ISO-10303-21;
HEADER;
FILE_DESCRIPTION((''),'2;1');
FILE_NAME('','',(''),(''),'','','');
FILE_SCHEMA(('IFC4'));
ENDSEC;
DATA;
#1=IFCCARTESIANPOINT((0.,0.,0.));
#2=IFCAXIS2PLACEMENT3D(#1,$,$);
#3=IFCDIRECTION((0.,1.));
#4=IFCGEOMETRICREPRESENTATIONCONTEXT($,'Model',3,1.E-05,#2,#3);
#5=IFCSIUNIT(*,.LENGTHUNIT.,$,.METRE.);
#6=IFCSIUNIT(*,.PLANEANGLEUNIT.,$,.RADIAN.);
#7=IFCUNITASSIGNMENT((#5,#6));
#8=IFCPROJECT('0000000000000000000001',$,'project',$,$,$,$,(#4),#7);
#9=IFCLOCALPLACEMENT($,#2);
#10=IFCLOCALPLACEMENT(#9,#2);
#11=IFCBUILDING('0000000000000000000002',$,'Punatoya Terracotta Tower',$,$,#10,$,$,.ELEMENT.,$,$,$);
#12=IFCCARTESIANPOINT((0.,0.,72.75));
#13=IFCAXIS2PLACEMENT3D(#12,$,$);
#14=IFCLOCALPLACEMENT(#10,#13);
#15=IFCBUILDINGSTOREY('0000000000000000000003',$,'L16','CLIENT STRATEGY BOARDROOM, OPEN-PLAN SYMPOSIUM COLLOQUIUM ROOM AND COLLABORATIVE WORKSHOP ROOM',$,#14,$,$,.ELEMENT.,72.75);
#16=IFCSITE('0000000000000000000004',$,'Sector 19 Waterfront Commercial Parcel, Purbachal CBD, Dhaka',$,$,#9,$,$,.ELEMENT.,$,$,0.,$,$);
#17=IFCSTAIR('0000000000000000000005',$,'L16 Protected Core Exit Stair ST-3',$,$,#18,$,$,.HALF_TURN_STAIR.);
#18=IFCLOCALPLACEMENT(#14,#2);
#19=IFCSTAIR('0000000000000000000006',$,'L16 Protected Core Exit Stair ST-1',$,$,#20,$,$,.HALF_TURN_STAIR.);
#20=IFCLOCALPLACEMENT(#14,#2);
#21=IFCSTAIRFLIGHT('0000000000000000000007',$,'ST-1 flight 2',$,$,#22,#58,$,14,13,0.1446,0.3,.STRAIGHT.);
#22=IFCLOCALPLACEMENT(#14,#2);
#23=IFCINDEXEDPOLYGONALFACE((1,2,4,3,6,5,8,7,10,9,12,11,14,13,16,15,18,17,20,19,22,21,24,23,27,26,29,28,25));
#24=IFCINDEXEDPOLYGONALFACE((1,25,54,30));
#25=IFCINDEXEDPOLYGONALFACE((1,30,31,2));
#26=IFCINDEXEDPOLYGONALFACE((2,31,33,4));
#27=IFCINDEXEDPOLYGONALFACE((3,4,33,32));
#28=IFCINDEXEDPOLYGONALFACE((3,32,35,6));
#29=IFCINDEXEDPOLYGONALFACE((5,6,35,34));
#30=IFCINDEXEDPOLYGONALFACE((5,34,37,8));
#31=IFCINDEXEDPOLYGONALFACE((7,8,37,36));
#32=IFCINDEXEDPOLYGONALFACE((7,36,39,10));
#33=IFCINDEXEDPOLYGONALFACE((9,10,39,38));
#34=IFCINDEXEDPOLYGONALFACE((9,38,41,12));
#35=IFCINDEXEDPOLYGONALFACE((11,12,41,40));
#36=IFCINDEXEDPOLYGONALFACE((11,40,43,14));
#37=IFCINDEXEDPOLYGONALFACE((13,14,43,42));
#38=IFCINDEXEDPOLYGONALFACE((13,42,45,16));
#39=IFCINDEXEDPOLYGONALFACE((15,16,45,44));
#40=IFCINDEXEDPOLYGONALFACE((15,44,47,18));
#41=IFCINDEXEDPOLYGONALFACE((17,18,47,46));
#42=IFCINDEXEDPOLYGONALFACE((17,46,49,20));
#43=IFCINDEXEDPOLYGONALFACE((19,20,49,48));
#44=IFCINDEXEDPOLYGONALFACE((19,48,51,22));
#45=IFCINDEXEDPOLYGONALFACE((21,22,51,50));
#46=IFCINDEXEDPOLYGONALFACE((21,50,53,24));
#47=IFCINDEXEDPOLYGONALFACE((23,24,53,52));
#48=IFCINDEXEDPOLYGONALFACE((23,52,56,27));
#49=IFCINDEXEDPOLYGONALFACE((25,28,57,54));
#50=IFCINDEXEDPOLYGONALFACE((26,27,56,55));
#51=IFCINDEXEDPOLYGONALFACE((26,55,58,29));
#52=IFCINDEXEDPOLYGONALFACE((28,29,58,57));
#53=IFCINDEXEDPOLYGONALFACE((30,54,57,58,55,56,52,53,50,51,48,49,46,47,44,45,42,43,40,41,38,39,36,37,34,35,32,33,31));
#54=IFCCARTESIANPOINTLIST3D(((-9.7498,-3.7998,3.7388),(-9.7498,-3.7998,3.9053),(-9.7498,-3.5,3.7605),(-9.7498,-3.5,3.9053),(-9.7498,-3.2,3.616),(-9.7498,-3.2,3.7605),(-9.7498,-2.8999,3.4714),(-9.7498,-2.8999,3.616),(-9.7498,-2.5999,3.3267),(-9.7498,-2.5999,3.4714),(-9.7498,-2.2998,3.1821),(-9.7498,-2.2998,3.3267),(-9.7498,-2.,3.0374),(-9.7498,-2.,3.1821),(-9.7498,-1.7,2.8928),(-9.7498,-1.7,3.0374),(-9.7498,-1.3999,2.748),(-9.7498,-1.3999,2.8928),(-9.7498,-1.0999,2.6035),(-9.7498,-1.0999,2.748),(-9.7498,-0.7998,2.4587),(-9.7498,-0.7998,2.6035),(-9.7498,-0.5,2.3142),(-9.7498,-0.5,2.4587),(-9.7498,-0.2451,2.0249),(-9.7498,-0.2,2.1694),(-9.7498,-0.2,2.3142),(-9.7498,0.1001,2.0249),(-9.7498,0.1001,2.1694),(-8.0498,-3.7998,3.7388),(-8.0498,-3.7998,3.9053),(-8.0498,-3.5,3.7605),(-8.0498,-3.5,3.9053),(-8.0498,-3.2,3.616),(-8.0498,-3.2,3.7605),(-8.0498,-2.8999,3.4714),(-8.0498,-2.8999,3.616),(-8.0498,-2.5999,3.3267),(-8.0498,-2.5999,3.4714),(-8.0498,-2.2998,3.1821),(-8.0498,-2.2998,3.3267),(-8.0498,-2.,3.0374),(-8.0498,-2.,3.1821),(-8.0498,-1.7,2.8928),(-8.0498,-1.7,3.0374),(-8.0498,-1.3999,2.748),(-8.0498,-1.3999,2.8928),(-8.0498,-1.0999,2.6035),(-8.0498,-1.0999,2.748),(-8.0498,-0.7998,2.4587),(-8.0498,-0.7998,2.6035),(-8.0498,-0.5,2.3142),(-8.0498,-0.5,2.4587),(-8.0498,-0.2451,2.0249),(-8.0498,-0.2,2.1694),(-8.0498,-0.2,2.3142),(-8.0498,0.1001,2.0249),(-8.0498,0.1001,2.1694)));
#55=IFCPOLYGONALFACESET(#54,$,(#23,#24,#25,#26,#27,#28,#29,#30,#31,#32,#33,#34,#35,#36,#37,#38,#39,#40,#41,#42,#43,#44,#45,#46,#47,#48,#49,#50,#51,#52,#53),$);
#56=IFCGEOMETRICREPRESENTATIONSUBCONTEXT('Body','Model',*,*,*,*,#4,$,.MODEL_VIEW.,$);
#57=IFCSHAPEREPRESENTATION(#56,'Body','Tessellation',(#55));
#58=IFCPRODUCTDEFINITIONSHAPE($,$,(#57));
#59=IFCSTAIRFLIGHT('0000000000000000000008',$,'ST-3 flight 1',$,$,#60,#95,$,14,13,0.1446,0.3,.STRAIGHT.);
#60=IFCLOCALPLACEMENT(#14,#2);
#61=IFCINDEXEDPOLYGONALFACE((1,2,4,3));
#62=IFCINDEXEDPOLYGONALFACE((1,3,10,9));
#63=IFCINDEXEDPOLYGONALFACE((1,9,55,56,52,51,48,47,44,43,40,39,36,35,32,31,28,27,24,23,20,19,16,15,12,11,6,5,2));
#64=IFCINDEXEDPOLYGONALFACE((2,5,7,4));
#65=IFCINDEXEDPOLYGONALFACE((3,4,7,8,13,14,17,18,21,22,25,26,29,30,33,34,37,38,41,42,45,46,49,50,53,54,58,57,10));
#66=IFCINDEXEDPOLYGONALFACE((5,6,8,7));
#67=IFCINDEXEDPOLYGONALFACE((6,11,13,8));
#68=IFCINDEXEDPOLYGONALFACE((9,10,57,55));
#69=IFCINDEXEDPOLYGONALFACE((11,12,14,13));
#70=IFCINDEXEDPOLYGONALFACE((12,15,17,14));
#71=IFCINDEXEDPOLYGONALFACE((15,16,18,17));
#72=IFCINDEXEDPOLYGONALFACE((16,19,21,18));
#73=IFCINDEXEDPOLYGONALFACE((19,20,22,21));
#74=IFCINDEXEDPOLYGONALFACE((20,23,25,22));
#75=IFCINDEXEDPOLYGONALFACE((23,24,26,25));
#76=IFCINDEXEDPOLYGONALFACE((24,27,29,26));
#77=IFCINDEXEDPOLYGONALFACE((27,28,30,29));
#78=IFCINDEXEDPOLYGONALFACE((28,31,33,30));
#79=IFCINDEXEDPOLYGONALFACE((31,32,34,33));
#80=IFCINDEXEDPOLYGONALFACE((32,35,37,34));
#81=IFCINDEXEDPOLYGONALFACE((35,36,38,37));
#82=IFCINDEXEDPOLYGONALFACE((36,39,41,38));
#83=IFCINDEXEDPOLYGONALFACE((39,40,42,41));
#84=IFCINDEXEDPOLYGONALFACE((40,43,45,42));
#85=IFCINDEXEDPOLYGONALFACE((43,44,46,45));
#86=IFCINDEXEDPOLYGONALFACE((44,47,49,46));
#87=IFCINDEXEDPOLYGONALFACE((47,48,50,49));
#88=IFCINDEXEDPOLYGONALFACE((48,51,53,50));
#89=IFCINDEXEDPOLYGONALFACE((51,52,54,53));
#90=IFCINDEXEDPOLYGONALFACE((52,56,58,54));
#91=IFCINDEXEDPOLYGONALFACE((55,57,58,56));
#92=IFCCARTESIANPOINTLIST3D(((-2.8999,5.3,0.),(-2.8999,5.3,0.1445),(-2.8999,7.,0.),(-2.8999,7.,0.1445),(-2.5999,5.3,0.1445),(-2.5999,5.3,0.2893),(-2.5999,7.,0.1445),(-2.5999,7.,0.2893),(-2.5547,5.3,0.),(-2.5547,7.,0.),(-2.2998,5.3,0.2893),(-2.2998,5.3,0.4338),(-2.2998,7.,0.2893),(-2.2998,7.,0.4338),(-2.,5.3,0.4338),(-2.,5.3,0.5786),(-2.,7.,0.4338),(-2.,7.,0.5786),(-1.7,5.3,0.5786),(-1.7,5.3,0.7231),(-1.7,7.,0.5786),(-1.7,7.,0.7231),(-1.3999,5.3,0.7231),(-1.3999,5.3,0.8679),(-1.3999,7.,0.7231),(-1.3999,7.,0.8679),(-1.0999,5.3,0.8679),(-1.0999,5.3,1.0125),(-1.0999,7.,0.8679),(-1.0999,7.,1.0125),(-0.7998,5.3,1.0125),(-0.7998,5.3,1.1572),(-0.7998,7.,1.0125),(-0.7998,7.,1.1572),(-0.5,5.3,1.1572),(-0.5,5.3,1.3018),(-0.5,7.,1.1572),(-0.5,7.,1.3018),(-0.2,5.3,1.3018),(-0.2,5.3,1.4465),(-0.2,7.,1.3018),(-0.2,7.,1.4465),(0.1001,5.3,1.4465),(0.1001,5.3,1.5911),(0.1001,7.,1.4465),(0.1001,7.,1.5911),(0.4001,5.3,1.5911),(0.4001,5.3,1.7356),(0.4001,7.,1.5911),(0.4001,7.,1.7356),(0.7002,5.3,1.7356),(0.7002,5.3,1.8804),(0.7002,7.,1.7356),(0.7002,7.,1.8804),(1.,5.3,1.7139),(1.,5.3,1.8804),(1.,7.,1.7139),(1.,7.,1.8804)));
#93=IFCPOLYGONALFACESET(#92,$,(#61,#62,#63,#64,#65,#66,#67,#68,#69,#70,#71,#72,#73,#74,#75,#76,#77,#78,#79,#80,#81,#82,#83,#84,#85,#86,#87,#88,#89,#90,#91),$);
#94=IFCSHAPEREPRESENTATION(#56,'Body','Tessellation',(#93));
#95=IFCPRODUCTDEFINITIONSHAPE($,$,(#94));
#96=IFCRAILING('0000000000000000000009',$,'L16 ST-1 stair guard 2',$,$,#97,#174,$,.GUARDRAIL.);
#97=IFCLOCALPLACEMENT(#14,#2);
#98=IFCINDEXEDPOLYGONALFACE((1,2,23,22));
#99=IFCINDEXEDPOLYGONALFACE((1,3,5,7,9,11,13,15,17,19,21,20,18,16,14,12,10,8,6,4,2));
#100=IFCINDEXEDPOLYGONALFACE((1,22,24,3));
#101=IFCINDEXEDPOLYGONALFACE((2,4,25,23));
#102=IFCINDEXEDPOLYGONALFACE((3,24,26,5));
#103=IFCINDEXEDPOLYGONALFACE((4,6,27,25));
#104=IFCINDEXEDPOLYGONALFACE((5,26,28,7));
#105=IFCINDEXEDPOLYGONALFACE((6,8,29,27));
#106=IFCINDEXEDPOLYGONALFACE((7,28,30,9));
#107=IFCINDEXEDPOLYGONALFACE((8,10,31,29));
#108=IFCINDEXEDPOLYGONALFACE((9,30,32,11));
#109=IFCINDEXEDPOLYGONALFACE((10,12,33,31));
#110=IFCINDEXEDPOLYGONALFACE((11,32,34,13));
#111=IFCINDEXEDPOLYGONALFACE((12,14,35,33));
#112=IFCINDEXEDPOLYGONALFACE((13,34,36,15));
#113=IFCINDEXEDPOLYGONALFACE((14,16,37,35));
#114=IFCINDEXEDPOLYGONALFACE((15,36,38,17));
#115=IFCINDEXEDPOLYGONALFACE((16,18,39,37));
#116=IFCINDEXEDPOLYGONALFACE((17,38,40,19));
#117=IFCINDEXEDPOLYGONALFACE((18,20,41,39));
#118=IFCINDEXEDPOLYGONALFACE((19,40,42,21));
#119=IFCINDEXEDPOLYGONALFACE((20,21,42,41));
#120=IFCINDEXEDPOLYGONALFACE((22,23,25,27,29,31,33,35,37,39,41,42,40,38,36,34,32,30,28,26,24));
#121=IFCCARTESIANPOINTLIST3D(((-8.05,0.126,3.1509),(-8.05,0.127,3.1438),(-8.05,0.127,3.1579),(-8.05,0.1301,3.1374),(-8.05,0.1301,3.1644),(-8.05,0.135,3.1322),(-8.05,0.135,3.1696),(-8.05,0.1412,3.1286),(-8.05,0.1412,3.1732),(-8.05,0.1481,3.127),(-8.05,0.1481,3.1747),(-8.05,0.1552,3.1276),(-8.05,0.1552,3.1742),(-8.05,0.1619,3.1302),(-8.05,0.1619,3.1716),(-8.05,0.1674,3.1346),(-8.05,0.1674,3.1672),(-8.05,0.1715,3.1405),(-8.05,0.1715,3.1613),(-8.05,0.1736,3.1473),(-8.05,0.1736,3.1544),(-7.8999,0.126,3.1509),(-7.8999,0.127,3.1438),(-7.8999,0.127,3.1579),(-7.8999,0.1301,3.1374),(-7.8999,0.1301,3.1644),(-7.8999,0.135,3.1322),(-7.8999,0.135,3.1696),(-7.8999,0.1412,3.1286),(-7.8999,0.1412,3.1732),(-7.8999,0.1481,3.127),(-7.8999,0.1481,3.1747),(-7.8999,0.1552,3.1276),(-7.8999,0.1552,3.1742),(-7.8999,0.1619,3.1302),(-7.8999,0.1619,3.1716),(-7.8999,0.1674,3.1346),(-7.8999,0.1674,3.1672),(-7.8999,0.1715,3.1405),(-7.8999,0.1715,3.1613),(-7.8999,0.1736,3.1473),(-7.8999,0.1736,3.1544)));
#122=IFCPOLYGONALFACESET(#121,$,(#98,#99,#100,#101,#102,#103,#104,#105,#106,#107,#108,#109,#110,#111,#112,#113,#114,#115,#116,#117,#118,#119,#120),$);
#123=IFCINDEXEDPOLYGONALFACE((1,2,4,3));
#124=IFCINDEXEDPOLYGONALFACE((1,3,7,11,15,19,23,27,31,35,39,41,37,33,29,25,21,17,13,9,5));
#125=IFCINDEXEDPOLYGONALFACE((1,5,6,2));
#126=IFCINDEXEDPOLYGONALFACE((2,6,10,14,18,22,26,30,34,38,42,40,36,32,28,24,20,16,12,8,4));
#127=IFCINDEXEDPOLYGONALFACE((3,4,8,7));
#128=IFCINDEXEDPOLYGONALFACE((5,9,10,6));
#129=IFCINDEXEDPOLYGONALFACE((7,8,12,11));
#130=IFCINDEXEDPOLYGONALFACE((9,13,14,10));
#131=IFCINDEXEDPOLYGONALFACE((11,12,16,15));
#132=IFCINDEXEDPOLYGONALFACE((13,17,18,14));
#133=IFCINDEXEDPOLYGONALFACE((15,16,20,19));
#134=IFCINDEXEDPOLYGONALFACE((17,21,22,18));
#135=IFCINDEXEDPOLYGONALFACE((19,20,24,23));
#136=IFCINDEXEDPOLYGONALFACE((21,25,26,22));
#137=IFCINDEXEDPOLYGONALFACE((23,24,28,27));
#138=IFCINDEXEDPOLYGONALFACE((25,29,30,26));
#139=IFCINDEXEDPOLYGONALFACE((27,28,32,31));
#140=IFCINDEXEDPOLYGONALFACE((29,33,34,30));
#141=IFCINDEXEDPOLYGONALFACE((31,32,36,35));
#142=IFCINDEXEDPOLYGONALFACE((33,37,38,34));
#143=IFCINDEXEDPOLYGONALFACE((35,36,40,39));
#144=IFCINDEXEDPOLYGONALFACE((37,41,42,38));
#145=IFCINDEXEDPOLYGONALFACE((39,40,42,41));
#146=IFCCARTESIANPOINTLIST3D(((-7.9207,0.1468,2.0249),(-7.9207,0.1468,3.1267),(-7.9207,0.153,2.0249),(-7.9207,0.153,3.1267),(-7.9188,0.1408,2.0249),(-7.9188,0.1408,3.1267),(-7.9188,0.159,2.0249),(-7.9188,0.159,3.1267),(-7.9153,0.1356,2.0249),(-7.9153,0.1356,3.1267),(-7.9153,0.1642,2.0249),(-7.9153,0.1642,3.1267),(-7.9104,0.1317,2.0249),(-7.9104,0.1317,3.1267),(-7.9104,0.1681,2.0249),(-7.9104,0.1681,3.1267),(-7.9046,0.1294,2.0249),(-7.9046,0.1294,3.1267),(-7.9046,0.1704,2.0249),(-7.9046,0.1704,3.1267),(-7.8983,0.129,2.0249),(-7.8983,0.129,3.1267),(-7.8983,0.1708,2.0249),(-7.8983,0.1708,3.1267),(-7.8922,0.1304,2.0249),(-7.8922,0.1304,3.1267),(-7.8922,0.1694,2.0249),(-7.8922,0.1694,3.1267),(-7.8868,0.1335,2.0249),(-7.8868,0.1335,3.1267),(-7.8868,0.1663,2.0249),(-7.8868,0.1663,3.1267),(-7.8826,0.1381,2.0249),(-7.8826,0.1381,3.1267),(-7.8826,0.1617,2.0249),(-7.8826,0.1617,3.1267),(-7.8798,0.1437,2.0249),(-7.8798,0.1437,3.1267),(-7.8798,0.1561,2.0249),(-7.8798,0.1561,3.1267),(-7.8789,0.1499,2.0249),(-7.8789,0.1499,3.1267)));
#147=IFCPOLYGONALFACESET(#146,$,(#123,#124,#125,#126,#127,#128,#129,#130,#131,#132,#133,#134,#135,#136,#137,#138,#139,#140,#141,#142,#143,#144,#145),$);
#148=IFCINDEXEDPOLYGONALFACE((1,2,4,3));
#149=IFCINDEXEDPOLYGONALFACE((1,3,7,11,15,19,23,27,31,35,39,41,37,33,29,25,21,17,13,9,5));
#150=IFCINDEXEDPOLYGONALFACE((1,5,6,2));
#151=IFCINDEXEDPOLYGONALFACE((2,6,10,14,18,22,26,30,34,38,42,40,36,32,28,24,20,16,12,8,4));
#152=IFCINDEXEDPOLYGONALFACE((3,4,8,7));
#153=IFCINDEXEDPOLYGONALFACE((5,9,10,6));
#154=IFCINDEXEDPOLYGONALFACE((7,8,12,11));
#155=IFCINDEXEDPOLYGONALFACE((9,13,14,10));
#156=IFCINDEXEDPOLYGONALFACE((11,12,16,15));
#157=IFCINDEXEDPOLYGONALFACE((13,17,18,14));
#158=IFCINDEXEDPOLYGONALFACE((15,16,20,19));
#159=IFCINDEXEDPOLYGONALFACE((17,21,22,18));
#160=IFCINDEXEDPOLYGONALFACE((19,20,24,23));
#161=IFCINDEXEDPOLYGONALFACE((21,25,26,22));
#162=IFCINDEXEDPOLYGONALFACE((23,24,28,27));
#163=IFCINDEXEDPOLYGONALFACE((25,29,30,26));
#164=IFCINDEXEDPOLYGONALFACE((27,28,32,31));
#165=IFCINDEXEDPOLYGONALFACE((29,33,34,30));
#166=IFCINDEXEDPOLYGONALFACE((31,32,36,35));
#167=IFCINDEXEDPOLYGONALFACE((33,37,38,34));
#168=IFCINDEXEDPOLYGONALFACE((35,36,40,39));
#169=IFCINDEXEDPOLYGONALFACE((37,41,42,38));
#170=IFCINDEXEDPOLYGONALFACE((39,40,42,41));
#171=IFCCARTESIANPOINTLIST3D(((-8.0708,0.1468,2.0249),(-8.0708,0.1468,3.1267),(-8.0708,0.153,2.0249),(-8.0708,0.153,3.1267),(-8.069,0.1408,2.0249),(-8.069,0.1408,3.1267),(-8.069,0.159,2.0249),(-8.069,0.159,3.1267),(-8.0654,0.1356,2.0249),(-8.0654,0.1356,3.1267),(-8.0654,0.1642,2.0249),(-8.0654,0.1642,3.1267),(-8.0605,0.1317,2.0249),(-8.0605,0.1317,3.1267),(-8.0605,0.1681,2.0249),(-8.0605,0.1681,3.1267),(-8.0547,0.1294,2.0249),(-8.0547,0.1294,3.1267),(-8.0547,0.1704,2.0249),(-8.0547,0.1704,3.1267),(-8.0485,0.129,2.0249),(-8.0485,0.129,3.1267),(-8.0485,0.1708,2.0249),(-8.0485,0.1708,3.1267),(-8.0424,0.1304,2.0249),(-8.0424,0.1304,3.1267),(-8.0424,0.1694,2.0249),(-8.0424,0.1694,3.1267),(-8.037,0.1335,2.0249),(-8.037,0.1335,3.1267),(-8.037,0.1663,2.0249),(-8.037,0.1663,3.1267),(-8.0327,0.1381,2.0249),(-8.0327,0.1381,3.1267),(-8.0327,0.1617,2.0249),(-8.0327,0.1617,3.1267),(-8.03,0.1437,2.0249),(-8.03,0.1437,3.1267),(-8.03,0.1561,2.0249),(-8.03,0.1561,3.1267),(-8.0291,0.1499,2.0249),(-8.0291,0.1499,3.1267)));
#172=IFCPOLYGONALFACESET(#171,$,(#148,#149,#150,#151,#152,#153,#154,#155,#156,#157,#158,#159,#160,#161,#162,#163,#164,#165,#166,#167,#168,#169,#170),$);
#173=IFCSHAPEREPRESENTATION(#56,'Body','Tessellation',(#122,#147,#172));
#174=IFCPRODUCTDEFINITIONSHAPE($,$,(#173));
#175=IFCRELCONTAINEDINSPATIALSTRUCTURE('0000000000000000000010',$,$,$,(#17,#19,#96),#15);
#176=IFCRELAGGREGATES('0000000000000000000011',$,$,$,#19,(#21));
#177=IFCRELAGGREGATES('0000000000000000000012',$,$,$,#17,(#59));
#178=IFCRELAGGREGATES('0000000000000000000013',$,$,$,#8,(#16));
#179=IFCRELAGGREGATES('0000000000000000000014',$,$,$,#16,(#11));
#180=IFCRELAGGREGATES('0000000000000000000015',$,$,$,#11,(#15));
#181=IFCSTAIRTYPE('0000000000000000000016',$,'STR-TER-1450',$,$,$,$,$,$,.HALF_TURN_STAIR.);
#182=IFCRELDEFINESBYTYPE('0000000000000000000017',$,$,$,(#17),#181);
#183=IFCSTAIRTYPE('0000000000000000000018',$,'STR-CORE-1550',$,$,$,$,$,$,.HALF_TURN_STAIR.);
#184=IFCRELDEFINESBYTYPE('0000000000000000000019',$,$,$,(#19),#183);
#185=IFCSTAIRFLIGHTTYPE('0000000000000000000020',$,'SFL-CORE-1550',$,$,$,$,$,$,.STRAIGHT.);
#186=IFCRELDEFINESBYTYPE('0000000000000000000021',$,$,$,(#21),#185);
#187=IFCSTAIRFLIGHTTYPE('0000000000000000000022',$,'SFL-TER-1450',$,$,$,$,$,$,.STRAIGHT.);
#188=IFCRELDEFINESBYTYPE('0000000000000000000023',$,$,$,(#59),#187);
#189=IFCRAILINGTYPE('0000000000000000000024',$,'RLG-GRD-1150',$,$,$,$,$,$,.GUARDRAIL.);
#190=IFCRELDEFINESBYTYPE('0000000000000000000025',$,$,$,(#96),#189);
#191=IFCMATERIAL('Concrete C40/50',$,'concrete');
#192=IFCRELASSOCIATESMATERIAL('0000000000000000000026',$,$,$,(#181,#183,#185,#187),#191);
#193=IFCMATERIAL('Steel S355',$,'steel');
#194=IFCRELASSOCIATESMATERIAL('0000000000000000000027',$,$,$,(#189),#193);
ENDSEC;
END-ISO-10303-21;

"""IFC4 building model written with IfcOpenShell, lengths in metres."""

from ifc_helpers import new_model, si_unit, direction, frame, origin, origin_2d, place, context, subcontext, project, spatial, polyline, circle, outline, extrude, material, type_object, element, aggregate, save


model = new_model("IFC4")

# Units and contexts
model_context = context("Model", 3, precision=1e-05, world=origin(), true_north=direction((0.0, 1.0)))
body_context = subcontext(model_context, "Body", "Model", "MODEL_VIEW")
ifc_project = project(units=[si_unit("LENGTHUNIT", "METRE"), si_unit("PLANEANGLEUNIT", "RADIAN")], contexts=[model_context])

# Site, building, storey
site_placement = place(None, origin())
site = spatial("IfcSite", under=ifc_project, at=site_placement, Name="Sector 19 Waterfront Commercial Parcel, Purbachal CBD, Dhaka", CompositionType="ELEMENT", RefElevation=0.0)
building_placement = place(site_placement, origin())
building = spatial("IfcBuilding", under=site, at=building_placement, Name="Punatoya Terracotta Tower", CompositionType="ELEMENT")
storey_placement = place(building_placement, frame((0.0, 0.0, 72.75)))
storey = spatial("IfcBuildingStorey", under=building, at=storey_placement, Name="L16", Description="CLIENT STRATEGY BOARDROOM, OPEN-PLAN SYMPOSIUM COLLOQUIUM ROOM AND COLLABORATIVE WORKSHOP ROOM", CompositionType="ELEMENT", Elevation=72.75)

# Shared definitions
ifc_material_1 = material(Name="Steel S355", Category="steel")

# Stairs
ifc_material_2 = material(Name="Concrete C40/50", Category="concrete")
stair_type_1 = type_object("IfcStairType", Name="STR-TER-1450", PredefinedType="HALF_TURN_STAIR", material=ifc_material_2)
stair_1_placement = place(storey_placement, origin())
stair_1 = element("IfcStair", 1, at=stair_1_placement, inside=storey, type_object=stair_type_1, Name="L16 Protected Core Exit Stair ST-3", PredefinedType="HALF_TURN_STAIR")
stair_type_2 = type_object("IfcStairType", Name="STR-CORE-1550", PredefinedType="HALF_TURN_STAIR", material=ifc_material_2)
stair_2_placement = place(storey_placement, origin())
stair_2 = element("IfcStair", 2, at=stair_2_placement, inside=storey, type_object=stair_type_2, Name="L16 Protected Core Exit Stair ST-1", PredefinedType="HALF_TURN_STAIR")

# Stair flights
stair_flight_type_1 = type_object("IfcStairFlightType", Name="SFL-CORE-1550", PredefinedType="STRAIGHT", material=ifc_material_2)
stair_flight_1_placement = place(storey_placement, frame((-8.8999, 0.1001, 2.0249), z_axis=(0.0, 0.0, 1.0), x_axis=(0.0, -1.0, 0.0)))
stair_flight_1 = element("IfcStairFlight", 3, at=stair_flight_1_placement, type_object=stair_flight_type_1, Name="ST-1 flight 2", NumberOfRisers=14, NumberOfTreads=13, PredefinedType="STRAIGHT", RiserHeight=0.1446, TreadLength=0.3, context=body_context, shape_type="SweptSolid", body=[
    extrude(outline(polyline([(0.0, 0.0), (0.0, 0.1445), (0.3, 0.1445), (0.3, 0.2893), (0.6001, 0.2893), (0.6001, 0.4338), (0.8999, 0.4338), (0.8999, 0.5786), (1.2, 0.5786), (1.2, 0.7231), (1.5, 0.7231), (1.5, 0.8679), (1.8, 0.8679), (1.8, 1.0125), (2.1001, 1.0125), (2.1001, 1.1572), (2.3999, 1.1572), (2.3999, 1.3018), (2.7, 1.3018), (2.7, 1.4465), (3.0, 1.4465), (3.0, 1.5911), (3.3, 1.5911), (3.3, 1.7356), (3.6001, 1.7356), (3.6001, 1.8804), (3.8999, 1.8804), (3.8999, 2.0249), (3.8999, 1.7139), (0.3452, 0.0), (0.0, 0.0)])), frame((0.0, 0.8501, 0.0), z_axis=(0.0, -1.0, 0.0), x_axis=(1.0, 0.0, 0.0)), (0.0, 0.0, 1.0), 1.7),
])
aggregate(stair_2, [stair_flight_1])
stair_flight_type_2 = type_object("IfcStairFlightType", Name="SFL-TER-1450", PredefinedType="STRAIGHT", material=ifc_material_2)
stair_flight_2_placement = place(storey_placement, frame((-2.8999, 6.1499, 0.0), z_axis=(0.0, 0.0, 1.0), x_axis=(1.0, 0.0, 0.0)))
stair_flight_2 = element("IfcStairFlight", 4, at=stair_flight_2_placement, type_object=stair_flight_type_2, Name="ST-3 flight 1", NumberOfRisers=14, NumberOfTreads=13, PredefinedType="STRAIGHT", RiserHeight=0.1446, TreadLength=0.3, context=body_context, shape_type="SweptSolid", body=[
    extrude(outline(polyline([(0.0, 0.0), (0.0, 0.1445), (0.3, 0.1445), (0.3, 0.2893), (0.6001, 0.2893), (0.6001, 0.4338), (0.8999, 0.4338), (0.8999, 0.5786), (1.2, 0.5786), (1.2, 0.7231), (1.5, 0.7231), (1.5, 0.8679), (1.8, 0.8679), (1.8, 1.0125), (2.1001, 1.0125), (2.1001, 1.1572), (2.3999, 1.1572), (2.3999, 1.3018), (2.7, 1.3018), (2.7, 1.4465), (3.0, 1.4465), (3.0, 1.5911), (3.3, 1.5911), (3.3, 1.7356), (3.6001, 1.7356), (3.6001, 1.8804), (3.8999, 1.8804), (3.8999, 2.0249), (3.8999, 1.7139), (0.3452, 0.0), (0.0, 0.0)])), frame((0.0, 0.8501, 0.0), z_axis=(0.0, -1.0, 0.0), x_axis=(1.0, 0.0, 0.0)), (0.0, 0.0, 1.0), 1.7),
])
aggregate(stair_1, [stair_flight_2])

# Railing
railing_type_1 = type_object("IfcRailingType", Name="RLG-GRD-1150", PredefinedType="GUARDRAIL", material=ifc_material_1)
railing_1_placement = place(storey_placement, frame((-7.8999, 0.1499, 2.0249)))
element("IfcRailing", 5, at=railing_1_placement, inside=storey, type_object=railing_type_1, Name="L16 ST-1 stair guard 2", PredefinedType="GUARDRAIL", context=body_context, shape_type="SweptSolid", body=[
    extrude(circle(Radius=0.0239, at=origin_2d()), frame((0.0, 0.0, 1.126), z_axis=(-1.0, 0.0, 0.0), x_axis=(0.0, -1.0, 0.0)), (0.0, 0.0, 1.0), 0.1501),
    extrude(circle(Radius=0.021, at=origin_2d()), origin(), (0.0, 0.0, 1.0), 1.1018),
    extrude(circle(Radius=0.021, at=origin_2d()), frame((-0.1501, 0.0, 0.0)), (0.0, 0.0, 1.0), 1.1018),
])

save(model, "model.ifc")
